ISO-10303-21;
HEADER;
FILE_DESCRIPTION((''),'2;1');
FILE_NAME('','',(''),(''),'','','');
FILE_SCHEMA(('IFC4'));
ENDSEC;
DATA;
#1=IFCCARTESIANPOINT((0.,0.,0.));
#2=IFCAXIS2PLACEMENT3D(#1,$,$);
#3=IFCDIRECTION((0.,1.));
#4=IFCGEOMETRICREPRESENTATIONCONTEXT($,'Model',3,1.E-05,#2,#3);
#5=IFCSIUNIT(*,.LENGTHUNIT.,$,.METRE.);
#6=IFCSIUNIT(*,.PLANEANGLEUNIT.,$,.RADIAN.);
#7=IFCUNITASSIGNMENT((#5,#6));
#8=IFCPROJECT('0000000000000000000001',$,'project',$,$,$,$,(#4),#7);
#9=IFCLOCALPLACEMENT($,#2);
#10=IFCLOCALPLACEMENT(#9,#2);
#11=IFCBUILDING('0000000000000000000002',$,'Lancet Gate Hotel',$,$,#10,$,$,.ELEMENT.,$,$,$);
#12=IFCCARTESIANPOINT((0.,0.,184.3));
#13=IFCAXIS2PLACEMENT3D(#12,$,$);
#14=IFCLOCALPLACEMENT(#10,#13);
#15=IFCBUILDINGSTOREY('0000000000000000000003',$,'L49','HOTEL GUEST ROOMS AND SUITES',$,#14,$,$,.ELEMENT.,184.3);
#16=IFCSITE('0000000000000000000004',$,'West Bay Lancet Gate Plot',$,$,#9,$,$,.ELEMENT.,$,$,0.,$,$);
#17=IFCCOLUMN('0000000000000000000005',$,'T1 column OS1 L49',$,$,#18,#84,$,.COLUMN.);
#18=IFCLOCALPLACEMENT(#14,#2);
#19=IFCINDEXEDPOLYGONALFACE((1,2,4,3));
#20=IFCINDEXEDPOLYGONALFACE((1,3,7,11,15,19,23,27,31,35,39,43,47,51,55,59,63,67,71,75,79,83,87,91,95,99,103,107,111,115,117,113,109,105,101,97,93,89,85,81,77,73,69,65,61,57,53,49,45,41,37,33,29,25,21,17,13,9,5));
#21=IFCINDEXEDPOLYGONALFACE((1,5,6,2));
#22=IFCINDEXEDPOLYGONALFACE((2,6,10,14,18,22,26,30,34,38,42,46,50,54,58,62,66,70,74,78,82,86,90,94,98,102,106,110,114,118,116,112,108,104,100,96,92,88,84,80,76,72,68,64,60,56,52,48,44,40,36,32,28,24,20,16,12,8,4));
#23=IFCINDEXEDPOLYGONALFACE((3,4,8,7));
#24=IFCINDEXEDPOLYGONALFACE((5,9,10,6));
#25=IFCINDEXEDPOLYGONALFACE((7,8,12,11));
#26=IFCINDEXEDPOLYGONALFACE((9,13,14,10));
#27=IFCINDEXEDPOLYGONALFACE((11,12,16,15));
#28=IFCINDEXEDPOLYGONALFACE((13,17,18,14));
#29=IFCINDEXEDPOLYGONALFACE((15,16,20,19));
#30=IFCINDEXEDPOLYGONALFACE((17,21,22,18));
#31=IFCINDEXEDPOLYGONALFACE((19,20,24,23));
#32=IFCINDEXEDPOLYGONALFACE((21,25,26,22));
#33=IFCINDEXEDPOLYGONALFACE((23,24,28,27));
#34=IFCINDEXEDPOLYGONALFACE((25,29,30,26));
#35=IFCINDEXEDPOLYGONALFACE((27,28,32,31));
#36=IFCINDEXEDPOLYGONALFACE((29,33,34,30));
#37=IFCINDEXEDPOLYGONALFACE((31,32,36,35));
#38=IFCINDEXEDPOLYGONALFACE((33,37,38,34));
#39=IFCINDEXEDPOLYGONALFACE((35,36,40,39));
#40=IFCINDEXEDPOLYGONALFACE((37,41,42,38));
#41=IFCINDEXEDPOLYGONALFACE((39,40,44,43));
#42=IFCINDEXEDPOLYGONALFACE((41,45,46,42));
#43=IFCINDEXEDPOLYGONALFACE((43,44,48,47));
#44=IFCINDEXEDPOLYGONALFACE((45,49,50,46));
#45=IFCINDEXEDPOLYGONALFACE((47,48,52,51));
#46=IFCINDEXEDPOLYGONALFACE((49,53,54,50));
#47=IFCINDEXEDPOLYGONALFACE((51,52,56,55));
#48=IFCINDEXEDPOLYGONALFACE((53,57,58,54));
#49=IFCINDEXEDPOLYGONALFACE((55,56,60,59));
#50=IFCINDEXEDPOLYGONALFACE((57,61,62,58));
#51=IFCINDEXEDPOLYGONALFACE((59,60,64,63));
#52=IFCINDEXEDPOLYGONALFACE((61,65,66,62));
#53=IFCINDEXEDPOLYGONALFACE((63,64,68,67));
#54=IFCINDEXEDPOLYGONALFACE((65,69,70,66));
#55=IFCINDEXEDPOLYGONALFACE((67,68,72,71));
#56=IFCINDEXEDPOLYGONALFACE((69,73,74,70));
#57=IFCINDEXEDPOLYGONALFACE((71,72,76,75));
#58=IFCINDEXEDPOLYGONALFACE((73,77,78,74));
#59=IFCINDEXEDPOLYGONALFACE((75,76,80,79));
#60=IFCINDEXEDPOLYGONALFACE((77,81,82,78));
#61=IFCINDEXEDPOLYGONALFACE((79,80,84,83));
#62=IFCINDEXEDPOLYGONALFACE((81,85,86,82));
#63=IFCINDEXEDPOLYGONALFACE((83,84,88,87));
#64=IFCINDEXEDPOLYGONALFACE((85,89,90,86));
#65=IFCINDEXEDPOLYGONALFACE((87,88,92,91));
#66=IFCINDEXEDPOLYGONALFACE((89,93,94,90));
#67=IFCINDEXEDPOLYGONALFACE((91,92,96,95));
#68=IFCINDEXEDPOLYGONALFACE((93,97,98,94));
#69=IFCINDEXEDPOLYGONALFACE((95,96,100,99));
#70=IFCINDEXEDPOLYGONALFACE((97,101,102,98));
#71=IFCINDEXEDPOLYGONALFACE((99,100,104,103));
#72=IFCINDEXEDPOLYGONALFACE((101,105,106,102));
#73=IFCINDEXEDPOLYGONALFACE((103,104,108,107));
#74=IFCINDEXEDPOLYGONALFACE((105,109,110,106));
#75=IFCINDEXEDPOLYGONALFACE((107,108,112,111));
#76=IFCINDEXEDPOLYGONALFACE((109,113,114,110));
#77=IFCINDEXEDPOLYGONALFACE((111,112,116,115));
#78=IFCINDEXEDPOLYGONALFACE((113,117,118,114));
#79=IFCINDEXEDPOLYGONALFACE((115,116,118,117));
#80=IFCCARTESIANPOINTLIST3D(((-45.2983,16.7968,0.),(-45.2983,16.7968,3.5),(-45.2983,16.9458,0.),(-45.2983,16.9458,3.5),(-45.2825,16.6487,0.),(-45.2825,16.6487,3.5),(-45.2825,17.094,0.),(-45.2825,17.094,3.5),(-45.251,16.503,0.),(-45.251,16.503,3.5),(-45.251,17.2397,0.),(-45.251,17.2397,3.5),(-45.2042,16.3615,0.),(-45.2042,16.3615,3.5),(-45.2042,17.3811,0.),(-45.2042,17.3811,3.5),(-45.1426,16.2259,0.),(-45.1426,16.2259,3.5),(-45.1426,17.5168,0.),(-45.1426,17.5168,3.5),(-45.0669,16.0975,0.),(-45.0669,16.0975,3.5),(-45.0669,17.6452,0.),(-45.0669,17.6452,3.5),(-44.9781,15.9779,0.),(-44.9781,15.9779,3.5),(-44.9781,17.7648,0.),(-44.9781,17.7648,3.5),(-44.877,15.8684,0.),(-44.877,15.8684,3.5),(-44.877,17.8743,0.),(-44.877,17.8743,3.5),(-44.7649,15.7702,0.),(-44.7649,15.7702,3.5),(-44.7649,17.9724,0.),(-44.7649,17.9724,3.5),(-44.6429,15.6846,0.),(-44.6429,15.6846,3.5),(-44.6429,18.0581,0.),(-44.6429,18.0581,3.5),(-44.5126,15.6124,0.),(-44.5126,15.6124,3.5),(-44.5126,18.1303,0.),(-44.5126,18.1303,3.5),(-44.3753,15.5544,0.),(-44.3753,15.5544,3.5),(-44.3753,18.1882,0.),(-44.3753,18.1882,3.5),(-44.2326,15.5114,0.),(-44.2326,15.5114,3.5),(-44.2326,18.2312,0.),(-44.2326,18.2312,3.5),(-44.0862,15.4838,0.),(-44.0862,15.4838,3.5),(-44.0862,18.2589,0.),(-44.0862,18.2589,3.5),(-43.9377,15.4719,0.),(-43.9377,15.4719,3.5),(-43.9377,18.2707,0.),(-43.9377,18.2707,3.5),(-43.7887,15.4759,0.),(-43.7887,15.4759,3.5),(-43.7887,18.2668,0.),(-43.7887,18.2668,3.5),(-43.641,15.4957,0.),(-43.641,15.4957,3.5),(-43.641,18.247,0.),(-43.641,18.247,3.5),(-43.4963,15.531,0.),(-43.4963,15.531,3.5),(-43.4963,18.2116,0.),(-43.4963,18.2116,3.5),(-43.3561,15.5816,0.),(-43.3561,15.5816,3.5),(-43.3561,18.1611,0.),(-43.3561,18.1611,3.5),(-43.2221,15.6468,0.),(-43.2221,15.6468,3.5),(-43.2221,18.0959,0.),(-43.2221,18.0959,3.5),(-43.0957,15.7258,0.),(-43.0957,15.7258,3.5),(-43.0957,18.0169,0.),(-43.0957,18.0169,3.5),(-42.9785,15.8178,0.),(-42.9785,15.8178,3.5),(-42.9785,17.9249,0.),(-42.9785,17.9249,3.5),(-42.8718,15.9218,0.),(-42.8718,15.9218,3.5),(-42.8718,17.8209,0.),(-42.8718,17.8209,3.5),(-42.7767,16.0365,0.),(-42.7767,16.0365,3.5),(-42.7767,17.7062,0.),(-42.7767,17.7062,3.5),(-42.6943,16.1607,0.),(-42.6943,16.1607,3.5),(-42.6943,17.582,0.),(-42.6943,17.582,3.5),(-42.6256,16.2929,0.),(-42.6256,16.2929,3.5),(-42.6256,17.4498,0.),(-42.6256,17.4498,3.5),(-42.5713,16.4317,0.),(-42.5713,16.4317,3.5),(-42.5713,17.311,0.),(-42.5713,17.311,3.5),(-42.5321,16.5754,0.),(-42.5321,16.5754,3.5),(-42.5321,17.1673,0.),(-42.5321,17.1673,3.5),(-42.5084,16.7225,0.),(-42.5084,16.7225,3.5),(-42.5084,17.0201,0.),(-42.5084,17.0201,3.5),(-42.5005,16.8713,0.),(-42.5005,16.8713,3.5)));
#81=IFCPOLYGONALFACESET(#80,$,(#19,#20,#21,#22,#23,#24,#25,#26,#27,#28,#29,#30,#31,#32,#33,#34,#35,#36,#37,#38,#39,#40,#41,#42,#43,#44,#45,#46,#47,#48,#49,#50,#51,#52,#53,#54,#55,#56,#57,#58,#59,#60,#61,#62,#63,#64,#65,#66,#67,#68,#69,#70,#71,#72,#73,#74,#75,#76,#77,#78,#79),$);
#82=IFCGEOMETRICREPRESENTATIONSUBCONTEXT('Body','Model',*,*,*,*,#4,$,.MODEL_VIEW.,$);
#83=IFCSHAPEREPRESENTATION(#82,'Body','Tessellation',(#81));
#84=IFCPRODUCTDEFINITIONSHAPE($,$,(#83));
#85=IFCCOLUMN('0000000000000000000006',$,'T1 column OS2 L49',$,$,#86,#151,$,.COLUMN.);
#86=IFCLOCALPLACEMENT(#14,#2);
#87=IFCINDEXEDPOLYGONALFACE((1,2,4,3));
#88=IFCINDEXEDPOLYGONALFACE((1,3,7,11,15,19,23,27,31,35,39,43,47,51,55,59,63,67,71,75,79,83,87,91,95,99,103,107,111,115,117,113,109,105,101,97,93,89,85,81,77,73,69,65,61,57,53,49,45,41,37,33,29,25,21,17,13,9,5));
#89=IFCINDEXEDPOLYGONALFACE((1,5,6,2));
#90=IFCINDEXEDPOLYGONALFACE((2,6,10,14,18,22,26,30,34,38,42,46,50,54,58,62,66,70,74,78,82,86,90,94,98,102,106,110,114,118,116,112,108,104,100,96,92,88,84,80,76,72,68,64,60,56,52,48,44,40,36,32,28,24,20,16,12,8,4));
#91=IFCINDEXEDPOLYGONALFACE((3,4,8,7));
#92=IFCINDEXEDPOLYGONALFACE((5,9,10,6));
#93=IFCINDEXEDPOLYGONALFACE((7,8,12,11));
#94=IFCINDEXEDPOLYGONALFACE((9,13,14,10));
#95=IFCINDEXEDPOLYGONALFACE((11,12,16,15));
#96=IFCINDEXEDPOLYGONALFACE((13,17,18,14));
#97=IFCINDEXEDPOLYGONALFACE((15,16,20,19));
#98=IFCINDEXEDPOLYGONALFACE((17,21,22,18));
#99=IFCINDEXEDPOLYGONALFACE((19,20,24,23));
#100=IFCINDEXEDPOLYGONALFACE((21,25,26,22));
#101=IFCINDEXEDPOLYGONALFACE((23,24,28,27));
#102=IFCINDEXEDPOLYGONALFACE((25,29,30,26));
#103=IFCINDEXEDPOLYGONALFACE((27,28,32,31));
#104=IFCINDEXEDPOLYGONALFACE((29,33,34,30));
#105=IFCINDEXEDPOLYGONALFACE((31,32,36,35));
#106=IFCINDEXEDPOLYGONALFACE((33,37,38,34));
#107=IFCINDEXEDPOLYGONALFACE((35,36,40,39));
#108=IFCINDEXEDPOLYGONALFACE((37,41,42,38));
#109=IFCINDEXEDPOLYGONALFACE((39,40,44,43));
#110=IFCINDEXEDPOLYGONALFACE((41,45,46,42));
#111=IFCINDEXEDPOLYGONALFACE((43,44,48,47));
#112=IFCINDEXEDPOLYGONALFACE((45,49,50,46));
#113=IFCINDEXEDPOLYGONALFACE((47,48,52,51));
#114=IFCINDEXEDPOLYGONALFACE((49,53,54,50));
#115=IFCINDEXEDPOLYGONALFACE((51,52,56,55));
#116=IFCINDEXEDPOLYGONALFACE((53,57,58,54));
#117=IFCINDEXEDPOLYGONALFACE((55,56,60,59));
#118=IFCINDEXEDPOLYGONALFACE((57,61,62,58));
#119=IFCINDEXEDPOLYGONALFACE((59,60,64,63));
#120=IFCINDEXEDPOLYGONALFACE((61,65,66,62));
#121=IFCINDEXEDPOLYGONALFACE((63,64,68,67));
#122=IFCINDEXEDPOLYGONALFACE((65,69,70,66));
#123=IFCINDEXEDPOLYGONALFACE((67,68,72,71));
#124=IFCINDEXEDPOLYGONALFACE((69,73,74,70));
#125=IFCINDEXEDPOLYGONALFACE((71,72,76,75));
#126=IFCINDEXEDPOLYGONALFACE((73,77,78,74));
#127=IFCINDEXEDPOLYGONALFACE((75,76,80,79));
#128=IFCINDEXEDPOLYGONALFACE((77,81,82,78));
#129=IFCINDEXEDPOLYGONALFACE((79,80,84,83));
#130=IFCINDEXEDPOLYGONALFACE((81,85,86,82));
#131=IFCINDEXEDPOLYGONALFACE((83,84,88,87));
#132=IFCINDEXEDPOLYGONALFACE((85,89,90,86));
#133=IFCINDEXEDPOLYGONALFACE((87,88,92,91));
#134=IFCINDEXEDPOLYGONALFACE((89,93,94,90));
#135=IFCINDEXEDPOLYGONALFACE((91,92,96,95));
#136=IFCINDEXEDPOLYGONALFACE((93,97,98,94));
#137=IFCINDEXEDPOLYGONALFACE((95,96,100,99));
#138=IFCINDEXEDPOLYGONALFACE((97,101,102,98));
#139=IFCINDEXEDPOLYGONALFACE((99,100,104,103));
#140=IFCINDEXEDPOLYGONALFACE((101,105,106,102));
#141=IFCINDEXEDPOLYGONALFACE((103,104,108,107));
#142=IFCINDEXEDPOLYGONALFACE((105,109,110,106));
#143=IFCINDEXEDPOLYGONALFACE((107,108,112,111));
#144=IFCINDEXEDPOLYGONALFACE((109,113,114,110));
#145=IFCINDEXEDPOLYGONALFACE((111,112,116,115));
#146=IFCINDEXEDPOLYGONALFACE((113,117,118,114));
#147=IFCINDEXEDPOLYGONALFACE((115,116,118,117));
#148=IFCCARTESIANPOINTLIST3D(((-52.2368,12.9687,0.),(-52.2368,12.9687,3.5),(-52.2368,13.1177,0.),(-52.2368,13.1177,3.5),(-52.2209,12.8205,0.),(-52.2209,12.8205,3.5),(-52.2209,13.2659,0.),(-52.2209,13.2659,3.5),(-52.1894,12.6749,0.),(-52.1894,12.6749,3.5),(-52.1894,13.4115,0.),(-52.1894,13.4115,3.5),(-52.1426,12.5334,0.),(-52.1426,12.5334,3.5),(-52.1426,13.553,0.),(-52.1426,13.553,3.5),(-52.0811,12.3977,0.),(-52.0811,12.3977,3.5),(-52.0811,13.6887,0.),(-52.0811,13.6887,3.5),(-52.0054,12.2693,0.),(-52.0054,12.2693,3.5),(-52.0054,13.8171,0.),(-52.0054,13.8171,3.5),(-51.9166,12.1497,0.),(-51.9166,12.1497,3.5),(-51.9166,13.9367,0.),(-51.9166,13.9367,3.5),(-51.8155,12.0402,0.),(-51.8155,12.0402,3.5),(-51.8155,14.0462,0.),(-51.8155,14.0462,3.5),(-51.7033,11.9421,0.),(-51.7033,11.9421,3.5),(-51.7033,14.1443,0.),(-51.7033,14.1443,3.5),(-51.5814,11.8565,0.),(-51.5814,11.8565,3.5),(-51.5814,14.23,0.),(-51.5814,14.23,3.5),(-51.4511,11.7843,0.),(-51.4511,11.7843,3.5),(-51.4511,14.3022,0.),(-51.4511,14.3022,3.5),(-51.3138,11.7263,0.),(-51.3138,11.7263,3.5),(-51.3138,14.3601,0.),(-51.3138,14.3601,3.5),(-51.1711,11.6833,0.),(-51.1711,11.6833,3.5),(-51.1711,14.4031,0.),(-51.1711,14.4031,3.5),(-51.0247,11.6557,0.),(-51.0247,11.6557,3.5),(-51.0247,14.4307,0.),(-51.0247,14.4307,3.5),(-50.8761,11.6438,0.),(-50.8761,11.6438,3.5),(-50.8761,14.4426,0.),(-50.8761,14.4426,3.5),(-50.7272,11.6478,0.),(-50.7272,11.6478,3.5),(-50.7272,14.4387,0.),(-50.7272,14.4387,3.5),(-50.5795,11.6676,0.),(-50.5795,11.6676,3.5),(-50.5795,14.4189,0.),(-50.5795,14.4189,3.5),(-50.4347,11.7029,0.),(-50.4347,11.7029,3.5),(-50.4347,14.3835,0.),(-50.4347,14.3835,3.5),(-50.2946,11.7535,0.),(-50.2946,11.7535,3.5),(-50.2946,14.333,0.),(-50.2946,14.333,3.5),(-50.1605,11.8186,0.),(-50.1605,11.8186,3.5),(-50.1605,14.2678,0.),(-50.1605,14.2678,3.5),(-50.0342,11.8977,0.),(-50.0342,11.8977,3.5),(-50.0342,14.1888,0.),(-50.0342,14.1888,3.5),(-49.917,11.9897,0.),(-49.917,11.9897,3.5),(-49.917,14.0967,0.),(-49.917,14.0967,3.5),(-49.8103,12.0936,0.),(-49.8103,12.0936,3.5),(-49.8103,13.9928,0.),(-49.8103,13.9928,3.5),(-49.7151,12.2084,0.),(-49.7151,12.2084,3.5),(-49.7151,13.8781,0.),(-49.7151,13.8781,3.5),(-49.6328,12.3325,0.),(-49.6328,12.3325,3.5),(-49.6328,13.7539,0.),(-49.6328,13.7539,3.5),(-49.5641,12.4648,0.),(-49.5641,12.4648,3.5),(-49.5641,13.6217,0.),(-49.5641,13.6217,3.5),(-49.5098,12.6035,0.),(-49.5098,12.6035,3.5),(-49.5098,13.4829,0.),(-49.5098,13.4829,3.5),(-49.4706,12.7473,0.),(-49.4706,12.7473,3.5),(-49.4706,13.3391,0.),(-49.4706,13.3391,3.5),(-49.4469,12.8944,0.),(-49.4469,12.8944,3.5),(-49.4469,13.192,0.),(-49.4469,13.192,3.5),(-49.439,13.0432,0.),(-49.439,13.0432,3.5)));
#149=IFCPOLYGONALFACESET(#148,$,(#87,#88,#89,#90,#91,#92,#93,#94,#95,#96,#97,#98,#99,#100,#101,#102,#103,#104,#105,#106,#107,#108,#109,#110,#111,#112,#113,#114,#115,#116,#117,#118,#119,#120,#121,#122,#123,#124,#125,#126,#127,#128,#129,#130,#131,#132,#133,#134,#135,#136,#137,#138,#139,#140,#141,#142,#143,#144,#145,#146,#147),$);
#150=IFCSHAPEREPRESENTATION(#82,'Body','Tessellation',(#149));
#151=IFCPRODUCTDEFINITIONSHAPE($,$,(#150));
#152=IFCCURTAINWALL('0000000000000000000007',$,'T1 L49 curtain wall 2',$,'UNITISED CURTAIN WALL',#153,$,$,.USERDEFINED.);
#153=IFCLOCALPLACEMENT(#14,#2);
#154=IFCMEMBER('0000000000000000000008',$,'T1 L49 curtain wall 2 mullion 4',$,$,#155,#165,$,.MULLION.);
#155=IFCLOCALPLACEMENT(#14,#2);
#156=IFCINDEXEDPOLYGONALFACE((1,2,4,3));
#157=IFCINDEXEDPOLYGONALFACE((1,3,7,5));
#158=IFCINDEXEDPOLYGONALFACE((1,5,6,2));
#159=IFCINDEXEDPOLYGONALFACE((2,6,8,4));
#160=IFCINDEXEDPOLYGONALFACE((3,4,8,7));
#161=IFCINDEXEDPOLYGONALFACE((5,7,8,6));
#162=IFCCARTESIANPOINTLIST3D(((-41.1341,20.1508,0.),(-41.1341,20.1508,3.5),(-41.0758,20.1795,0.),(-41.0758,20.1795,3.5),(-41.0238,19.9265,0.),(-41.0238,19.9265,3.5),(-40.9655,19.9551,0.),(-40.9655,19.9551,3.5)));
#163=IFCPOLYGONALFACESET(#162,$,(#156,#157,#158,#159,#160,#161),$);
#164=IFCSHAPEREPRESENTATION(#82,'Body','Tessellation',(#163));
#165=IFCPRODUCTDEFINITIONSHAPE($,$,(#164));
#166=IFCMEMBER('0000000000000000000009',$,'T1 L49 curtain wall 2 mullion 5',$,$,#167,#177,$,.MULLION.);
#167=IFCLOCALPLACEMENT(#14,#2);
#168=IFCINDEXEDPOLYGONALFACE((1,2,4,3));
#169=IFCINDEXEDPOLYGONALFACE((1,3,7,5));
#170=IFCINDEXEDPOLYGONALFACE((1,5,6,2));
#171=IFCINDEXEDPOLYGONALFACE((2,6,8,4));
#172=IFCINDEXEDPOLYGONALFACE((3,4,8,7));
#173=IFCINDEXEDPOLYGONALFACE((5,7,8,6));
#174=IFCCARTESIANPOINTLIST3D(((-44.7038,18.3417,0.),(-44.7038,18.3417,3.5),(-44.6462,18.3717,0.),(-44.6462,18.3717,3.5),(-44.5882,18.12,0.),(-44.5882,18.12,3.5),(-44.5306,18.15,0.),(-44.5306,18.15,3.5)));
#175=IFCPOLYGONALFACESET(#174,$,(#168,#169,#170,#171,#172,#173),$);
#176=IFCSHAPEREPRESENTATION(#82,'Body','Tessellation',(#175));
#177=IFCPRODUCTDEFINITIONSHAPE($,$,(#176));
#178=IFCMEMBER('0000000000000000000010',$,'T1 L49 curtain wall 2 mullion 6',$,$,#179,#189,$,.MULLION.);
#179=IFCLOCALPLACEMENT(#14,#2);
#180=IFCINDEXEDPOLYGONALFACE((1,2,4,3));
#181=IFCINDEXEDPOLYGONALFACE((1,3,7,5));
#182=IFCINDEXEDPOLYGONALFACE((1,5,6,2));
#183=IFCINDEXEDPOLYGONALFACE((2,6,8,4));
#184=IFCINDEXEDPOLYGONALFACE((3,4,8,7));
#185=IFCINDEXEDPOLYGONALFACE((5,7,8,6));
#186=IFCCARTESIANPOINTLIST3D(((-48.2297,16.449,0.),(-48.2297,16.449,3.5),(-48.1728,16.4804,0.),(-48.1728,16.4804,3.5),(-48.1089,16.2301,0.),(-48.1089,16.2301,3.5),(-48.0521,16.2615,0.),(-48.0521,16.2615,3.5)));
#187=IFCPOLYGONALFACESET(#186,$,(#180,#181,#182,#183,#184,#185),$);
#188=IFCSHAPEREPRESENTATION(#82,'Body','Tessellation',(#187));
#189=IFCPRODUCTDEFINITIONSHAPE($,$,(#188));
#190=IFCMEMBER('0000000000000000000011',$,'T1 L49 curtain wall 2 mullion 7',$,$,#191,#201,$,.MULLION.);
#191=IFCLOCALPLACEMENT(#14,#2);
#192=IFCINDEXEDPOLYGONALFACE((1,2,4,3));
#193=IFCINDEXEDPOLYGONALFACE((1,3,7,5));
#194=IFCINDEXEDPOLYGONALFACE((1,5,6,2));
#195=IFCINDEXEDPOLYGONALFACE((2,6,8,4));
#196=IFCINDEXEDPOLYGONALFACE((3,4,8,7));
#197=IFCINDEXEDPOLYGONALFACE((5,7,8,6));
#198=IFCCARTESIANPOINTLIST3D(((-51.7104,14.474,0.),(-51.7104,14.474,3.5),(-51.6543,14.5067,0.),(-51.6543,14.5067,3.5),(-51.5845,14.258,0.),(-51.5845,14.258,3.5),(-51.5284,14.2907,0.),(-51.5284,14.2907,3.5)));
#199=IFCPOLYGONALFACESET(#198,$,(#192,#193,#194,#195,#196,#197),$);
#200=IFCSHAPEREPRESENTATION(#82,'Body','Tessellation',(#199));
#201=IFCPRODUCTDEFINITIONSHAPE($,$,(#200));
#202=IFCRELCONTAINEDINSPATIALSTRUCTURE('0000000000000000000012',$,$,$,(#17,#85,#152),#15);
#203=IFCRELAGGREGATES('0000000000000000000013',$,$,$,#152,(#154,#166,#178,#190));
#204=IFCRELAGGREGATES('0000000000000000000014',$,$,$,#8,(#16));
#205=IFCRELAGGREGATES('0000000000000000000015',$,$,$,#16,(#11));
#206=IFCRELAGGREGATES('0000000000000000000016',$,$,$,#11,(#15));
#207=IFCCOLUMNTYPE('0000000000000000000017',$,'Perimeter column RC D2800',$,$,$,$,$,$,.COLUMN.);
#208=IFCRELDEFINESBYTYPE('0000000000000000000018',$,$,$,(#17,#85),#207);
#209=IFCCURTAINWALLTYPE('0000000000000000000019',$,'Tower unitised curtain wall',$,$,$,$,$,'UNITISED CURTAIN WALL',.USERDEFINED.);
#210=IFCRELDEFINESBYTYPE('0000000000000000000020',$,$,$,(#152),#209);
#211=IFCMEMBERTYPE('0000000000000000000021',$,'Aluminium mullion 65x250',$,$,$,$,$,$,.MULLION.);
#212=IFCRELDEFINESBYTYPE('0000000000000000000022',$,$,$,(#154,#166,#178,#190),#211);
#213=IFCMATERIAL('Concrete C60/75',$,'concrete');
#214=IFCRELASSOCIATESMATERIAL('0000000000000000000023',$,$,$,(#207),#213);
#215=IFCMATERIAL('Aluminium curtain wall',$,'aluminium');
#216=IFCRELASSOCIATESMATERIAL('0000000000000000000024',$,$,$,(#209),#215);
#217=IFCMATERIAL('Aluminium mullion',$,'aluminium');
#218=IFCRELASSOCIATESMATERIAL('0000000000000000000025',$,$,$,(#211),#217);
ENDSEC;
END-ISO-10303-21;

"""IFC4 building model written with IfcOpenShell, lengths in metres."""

from ifc_helpers import new_model, si_unit, direction, frame, origin, origin_2d, place, context, subcontext, project, spatial, rectangle, circle, extrude, material, material_profile, profile_set, type_object, element, aggregate, save


model = new_model("IFC4")

# Units and contexts
model_context = context("Model", 3, precision=1e-05, world=origin(), true_north=direction((0.0, 1.0)))
body_context = subcontext(model_context, "Body", "Model", "MODEL_VIEW")
ifc_project = project(units=[si_unit("LENGTHUNIT", "METRE"), si_unit("PLANEANGLEUNIT", "RADIAN")], contexts=[model_context])

# Site, building, storey
site_placement = place(None, origin())
site = spatial("IfcSite", under=ifc_project, at=site_placement, Name="West Bay Lancet Gate Plot", CompositionType="ELEMENT", RefElevation=0.0)
building_placement = place(site_placement, origin())
building = spatial("IfcBuilding", under=site, at=building_placement, Name="Lancet Gate Hotel", CompositionType="ELEMENT")
storey_placement = place(building_placement, frame((0.0, 0.0, 184.3)))
storey = spatial("IfcBuildingStorey", under=building, at=storey_placement, Name="L49", Description="HOTEL GUEST ROOMS AND SUITES", CompositionType="ELEMENT", Elevation=184.3)

# Columns
ifc_material_1 = material(Name="Concrete C60/75", Category="concrete")
ifc_material_profile_1 = material_profile(ifc_material_1, circle(Radius=1.3999, at=origin_2d()), Name="RC D2800")
ifc_profile_set_1 = profile_set([ifc_material_profile_1], Name="Concrete C60/75")
column_type = type_object("IfcColumnType", Name="Perimeter column RC D2800", PredefinedType="COLUMN", material=ifc_profile_set_1)
for number, where, z_axis, x_axis, name in (
    (1, (-43.9004, 16.8713, 0.0), (0.0, 0.0, 1.0), (1.0, 0.0, 0.0), "T1 column OS1 L49"),
    (2, (-50.8389, 13.0432, 0.0), (0.0, 0.0, 1.0), (1.0, 0.0, 0.0), "T1 column OS2 L49"),
):
    element("IfcColumn", number, at=place(storey_placement, frame(where, z_axis=z_axis, x_axis=x_axis)), inside=storey, type_object=column_type, Name=name, PredefinedType="COLUMN", context=body_context, shape_type="SweptSolid", body=[
        extrude(circle(Radius=1.3999, at=origin_2d()), origin(), (0.0, 0.0, 1.0), 3.5),
    ])

# Curtain wall, members
ifc_material_2 = material(Name="Aluminium curtain wall", Category="aluminium")
curtain_wall_type = type_object("IfcCurtainWallType", Name="Tower unitised curtain wall", ElementType="UNITISED CURTAIN WALL", PredefinedType="USERDEFINED", material=ifc_material_2)
curtain_wall_placement = place(storey_placement, origin())
curtain_wall = element("IfcCurtainWall", 3, at=curtain_wall_placement, inside=storey, type_object=curtain_wall_type, Name="T1 L49 curtain wall 2", ObjectType="UNITISED CURTAIN WALL", PredefinedType="USERDEFINED")
ifc_material_3 = material(Name="Aluminium mullion", Category="aluminium")
ifc_material_profile_2 = material_profile(ifc_material_3, rectangle(XDim=0.0649, YDim=0.25, at=origin_2d()), Name="MULLION 65x250")
ifc_profile_set_2 = profile_set([ifc_material_profile_2], Name="Aluminium mullion")
member_type_1 = type_object("IfcMemberType", Name="Aluminium mullion 65x250", PredefinedType="MULLION", material=ifc_profile_set_2)
member_1_placement = place(storey_placement, frame((-41.0498, 20.053, 0.0), z_axis=(0.0, 0.0, 1.0), x_axis=(-0.897324, -0.441372, 0.0)))
member_1 = element("IfcMember", 4, at=member_1_placement, type_object=member_type_1, Name="T1 L49 curtain wall 2 mullion 4", PredefinedType="MULLION", context=body_context, shape_type="SweptSolid", body=[
    extrude(rectangle(XDim=0.0649, YDim=0.25, at=origin_2d()), origin(), (0.0, 0.0, 1.0), 3.5),
])
member_2_placement = place(storey_placement, frame((-44.6172, 18.2458, 0.0), z_axis=(0.0, 0.0, 1.0), x_axis=(-0.886694, -0.462356, 0.0)))
member_2 = element("IfcMember", 5, at=member_2_placement, type_object=member_type_1, Name="T1 L49 curtain wall 2 mullion 5", PredefinedType="MULLION", context=body_context, shape_type="SweptSolid", body=[
    extrude(rectangle(XDim=0.0649, YDim=0.25, at=origin_2d()), origin(), (0.0, 0.0, 1.0), 3.5),
])
member_3_placement = place(storey_placement, frame((-48.1409, 16.3552, 0.0), z_axis=(0.0, 0.0, 1.0), x_axis=(-0.875574, -0.483084, 0.0)))
member_3 = element("IfcMember", 6, at=member_3_placement, type_object=member_type_1, Name="T1 L49 curtain wall 2 mullion 6", PredefinedType="MULLION", context=body_context, shape_type="SweptSolid", body=[
    extrude(rectangle(XDim=0.0649, YDim=0.25, at=origin_2d()), origin(), (0.0, 0.0, 1.0), 3.5),
])
member_4_placement = place(storey_placement, frame((-51.6194, 14.3823, 0.0), z_axis=(0.0, 0.0, 1.0), x_axis=(-0.863969, -0.503545, 0.0)))
member_4 = element("IfcMember", 7, at=member_4_placement, type_object=member_type_1, Name="T1 L49 curtain wall 2 mullion 7", PredefinedType="MULLION", context=body_context, shape_type="SweptSolid", body=[
    extrude(rectangle(XDim=0.0649, YDim=0.25, at=origin_2d()), origin(), (0.0, 0.0, 1.0), 3.5),
])

aggregate(curtain_wall, [member_1, member_2, member_3, member_4])

save(model, "model.ifc")
